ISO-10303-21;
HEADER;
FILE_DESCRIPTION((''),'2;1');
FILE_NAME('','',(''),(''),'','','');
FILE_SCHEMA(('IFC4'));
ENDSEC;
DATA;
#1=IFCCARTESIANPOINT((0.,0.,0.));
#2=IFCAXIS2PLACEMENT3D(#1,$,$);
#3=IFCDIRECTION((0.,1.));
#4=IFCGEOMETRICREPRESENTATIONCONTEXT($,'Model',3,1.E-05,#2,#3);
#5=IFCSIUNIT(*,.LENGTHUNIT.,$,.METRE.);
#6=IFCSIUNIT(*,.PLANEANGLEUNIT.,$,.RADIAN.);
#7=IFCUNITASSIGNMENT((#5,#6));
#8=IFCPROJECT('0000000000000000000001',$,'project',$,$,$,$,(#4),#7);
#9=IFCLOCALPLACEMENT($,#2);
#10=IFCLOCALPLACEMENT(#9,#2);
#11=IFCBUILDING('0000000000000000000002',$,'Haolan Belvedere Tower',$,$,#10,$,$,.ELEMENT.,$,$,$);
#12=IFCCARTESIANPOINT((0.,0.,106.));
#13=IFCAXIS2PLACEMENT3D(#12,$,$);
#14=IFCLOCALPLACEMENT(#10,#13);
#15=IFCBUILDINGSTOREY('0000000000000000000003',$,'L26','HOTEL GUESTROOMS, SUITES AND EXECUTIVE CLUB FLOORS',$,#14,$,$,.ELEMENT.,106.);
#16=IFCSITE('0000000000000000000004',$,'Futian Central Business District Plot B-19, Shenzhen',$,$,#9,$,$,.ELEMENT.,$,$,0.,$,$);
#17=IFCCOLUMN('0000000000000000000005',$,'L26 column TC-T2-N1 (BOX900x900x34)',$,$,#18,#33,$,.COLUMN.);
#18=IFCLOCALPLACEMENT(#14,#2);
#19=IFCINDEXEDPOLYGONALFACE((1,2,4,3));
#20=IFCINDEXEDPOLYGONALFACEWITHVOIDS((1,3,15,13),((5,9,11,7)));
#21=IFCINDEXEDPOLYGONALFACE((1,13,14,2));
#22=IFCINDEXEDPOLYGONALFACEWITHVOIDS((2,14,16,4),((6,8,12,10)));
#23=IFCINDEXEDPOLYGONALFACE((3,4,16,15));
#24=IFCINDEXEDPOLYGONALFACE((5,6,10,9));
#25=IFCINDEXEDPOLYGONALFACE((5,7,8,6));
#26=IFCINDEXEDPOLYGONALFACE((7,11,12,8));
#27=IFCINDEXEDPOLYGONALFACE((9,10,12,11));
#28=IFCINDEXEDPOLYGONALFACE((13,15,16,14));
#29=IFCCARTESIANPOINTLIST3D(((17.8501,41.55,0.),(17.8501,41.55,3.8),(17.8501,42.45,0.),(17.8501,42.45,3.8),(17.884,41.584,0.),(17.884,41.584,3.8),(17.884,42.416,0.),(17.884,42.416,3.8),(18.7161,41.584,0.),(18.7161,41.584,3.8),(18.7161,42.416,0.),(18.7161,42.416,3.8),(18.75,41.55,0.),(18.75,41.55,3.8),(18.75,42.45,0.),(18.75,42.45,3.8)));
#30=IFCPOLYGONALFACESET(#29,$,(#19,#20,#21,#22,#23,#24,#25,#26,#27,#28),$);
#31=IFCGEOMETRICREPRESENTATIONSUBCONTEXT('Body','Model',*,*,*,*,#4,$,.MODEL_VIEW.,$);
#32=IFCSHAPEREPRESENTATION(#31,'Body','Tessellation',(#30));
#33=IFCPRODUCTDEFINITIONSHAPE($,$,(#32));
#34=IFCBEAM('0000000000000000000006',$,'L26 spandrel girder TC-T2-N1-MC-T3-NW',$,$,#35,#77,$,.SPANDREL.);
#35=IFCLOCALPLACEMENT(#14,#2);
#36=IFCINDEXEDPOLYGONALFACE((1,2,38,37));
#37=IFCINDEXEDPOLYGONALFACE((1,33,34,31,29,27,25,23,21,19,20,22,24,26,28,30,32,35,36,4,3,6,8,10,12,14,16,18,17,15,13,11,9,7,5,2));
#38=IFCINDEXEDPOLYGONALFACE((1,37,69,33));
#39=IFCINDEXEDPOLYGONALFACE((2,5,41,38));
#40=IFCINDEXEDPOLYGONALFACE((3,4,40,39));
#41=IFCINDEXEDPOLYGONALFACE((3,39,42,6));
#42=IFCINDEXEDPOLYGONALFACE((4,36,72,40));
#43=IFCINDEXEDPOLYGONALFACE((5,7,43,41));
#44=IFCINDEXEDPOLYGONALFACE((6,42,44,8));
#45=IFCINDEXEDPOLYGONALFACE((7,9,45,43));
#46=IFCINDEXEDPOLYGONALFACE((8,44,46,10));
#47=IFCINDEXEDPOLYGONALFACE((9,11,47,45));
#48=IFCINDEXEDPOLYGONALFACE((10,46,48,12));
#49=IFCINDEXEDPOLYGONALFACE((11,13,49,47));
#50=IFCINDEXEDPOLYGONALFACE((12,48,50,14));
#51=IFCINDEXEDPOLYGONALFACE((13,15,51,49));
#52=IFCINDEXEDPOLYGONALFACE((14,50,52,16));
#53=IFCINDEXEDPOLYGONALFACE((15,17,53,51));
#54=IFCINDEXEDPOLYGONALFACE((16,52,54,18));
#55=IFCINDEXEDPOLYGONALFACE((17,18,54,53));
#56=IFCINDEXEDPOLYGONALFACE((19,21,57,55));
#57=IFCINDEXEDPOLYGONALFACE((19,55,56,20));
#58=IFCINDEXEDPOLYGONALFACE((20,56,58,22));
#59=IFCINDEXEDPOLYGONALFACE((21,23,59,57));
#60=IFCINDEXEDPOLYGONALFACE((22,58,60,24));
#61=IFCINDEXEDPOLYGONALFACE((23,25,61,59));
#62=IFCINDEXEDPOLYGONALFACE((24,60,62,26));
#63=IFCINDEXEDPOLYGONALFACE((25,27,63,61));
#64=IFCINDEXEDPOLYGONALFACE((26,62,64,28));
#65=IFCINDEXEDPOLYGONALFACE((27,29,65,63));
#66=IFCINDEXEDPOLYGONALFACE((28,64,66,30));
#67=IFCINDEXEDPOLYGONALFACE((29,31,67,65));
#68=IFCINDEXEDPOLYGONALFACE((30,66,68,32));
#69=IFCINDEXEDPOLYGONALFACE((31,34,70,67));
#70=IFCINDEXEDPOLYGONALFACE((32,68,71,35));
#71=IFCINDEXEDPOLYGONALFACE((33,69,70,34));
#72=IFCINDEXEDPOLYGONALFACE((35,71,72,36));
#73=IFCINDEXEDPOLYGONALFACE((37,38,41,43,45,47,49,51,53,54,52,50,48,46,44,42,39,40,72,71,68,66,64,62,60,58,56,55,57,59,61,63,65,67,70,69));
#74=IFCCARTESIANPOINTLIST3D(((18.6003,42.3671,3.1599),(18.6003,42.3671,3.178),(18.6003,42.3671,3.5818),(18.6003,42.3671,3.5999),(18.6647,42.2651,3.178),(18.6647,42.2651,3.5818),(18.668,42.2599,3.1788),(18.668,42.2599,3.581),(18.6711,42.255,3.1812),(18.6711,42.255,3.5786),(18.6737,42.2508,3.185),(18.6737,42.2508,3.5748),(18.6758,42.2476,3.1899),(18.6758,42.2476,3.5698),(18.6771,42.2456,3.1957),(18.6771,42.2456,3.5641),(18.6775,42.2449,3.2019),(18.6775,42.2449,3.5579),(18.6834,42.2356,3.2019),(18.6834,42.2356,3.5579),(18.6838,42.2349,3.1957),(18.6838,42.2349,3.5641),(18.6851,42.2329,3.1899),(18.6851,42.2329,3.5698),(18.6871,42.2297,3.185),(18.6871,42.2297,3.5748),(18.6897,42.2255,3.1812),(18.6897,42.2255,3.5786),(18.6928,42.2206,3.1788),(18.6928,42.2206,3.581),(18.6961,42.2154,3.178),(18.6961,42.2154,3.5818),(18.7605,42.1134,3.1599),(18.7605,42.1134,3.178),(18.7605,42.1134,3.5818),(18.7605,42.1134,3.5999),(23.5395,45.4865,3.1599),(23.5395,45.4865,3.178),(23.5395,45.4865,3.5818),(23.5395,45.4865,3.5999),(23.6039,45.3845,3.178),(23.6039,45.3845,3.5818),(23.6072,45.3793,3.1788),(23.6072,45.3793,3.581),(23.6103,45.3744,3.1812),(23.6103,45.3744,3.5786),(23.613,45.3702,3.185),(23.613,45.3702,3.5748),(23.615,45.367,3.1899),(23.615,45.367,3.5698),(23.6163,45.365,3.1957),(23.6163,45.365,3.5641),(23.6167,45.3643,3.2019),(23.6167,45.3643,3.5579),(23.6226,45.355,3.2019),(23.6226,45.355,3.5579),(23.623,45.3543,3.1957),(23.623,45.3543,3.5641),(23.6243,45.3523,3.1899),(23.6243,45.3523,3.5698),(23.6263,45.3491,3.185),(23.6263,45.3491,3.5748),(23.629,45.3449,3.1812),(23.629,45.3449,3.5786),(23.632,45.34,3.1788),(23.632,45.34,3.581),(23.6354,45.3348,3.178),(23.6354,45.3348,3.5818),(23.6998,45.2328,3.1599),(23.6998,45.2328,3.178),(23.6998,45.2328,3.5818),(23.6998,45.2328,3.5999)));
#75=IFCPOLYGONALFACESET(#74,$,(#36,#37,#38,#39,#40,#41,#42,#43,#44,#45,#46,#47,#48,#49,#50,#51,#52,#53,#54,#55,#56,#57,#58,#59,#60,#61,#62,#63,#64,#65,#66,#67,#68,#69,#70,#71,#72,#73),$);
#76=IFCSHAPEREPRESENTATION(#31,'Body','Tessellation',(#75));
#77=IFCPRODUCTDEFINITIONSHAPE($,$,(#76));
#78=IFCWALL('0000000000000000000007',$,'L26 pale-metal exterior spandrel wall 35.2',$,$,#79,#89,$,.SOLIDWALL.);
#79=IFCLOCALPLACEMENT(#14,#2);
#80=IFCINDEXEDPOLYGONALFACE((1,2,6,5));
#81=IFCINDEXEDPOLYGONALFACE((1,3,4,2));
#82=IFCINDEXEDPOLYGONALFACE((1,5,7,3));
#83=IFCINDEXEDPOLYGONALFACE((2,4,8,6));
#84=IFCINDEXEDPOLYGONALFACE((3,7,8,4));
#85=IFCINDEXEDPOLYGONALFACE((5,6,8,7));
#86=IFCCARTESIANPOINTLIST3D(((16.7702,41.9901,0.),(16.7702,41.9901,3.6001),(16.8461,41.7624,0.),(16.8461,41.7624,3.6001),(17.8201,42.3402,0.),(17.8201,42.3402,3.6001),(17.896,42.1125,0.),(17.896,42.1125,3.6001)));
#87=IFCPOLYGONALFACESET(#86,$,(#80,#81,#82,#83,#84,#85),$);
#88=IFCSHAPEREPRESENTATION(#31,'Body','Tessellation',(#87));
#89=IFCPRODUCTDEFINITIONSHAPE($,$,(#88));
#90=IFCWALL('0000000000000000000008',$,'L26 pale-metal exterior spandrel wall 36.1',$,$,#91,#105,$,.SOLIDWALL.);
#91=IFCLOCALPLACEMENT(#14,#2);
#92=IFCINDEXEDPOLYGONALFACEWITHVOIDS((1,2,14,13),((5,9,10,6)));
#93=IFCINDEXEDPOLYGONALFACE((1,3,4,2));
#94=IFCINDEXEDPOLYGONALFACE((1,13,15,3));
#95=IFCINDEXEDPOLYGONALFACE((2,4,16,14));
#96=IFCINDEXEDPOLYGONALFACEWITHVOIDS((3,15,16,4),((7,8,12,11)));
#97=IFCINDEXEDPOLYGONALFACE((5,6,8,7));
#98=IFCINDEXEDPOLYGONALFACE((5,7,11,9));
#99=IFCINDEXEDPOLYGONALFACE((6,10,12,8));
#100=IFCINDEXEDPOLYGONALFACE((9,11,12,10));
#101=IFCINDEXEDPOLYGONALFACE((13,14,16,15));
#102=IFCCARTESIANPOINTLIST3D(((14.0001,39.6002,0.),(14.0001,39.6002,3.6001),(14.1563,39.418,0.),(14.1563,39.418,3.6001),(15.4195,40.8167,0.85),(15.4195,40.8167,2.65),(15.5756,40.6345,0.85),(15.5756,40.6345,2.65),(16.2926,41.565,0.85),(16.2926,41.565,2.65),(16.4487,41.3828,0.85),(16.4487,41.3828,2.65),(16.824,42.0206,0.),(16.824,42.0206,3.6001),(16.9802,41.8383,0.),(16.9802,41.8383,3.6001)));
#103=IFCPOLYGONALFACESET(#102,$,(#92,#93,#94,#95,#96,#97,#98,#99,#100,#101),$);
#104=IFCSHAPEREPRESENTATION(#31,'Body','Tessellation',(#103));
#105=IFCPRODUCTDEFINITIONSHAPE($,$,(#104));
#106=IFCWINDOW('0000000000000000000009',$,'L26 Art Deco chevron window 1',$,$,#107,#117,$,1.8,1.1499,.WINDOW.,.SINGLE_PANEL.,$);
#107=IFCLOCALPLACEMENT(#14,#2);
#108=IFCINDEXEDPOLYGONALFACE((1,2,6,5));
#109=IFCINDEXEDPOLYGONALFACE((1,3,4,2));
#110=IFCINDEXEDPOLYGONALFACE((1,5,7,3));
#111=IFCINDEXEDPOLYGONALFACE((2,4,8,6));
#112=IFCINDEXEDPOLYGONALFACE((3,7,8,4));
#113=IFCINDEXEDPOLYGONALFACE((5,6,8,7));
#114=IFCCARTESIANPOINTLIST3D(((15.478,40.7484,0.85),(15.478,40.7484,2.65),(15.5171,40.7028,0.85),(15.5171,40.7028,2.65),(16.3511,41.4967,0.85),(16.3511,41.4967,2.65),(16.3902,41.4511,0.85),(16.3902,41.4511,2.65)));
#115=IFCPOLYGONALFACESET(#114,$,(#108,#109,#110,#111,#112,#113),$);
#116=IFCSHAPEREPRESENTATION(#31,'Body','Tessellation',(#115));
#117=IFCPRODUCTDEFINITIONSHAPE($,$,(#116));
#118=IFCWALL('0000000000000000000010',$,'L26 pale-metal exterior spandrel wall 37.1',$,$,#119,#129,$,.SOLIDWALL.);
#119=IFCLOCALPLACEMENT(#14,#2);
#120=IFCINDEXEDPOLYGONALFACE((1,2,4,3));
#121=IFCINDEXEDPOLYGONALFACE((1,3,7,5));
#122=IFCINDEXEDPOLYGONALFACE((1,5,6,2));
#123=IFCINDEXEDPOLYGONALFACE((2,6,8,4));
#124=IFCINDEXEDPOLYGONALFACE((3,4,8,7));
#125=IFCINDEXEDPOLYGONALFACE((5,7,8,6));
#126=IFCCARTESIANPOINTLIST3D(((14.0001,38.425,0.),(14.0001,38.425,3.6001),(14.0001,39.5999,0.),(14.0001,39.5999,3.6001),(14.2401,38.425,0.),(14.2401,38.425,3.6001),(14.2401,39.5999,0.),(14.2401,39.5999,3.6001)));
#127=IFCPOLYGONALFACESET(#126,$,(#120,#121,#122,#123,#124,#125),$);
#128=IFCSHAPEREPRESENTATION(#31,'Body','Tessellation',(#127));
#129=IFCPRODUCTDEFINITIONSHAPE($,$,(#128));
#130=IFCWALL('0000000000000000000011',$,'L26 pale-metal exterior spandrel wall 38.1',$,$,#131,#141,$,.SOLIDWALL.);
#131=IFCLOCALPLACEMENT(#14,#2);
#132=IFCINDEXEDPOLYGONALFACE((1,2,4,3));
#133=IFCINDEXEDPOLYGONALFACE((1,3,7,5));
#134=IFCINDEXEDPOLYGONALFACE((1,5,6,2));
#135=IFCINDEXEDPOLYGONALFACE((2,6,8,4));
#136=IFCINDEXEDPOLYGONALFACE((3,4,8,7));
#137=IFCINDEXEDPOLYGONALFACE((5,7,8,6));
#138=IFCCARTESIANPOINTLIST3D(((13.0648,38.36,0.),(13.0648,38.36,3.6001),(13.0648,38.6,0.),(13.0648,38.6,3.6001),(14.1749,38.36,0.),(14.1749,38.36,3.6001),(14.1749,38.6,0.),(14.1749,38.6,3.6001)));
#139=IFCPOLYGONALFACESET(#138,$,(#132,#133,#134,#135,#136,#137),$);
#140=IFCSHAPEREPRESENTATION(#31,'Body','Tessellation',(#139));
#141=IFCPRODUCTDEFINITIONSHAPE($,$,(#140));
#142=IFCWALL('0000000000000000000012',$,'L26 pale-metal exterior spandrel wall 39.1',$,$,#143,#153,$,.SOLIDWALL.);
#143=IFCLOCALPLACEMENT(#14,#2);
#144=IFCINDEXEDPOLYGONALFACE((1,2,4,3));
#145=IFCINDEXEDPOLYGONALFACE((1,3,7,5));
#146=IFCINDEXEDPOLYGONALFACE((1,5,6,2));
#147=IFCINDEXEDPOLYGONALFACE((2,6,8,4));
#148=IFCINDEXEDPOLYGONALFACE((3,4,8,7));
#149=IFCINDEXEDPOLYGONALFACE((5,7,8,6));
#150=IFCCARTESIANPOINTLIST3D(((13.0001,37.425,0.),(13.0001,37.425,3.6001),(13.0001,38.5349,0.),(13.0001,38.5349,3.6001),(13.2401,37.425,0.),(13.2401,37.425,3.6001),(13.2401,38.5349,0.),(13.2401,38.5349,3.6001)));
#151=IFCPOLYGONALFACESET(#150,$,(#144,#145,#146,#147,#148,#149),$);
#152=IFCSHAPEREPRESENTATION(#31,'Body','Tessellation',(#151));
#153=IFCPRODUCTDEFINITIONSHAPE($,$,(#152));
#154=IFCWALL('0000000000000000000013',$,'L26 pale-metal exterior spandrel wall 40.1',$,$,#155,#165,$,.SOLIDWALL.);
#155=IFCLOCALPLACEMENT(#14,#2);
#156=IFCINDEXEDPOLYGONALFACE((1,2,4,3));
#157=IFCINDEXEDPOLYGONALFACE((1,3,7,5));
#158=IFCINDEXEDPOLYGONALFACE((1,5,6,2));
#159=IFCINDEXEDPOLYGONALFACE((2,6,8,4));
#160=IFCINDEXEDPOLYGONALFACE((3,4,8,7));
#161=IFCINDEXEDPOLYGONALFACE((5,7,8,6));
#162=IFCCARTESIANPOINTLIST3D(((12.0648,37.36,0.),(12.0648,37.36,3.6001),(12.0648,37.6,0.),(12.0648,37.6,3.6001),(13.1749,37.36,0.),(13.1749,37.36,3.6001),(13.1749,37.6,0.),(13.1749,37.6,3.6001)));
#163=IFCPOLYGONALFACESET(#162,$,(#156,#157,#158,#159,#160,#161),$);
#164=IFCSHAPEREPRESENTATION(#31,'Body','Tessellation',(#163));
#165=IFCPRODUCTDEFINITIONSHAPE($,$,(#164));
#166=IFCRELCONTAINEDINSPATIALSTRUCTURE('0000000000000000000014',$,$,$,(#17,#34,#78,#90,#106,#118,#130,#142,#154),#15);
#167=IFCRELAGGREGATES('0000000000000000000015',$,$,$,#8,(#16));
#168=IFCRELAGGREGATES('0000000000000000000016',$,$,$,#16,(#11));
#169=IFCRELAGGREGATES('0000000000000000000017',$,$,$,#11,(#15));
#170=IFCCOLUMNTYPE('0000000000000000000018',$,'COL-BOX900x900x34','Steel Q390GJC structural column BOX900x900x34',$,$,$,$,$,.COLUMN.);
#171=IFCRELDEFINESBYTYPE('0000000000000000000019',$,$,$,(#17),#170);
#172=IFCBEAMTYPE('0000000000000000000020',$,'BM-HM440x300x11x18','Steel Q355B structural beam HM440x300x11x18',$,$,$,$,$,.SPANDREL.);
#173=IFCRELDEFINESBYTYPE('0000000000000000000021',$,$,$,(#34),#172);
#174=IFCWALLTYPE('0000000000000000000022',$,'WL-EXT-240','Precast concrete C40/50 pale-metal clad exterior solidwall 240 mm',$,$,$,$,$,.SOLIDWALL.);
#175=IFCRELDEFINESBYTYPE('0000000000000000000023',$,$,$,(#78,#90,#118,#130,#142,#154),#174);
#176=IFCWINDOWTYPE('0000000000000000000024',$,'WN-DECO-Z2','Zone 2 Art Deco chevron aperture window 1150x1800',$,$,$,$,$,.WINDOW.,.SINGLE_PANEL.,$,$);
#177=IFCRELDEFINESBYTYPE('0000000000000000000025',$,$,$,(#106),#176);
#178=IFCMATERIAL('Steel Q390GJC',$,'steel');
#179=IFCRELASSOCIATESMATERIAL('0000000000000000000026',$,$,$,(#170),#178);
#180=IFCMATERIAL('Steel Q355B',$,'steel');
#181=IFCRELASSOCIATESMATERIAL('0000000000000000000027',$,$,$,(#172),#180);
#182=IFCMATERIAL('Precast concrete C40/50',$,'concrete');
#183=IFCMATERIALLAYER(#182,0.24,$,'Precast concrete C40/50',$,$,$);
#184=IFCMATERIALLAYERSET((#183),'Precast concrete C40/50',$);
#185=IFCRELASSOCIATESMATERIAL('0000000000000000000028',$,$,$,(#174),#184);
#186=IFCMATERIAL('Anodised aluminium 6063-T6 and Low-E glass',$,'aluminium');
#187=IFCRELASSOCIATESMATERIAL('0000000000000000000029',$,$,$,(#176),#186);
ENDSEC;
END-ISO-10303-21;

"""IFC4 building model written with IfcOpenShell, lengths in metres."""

from ifc_helpers import new_model, si_unit, direction, frame, frame_2d, origin, origin_2d, place, context, subcontext, project, spatial, rectangle, hollow_rectangle, i_section, extrude, material, layer, layer_set, material_profile, profile_set, type_object, element, fill, save


model = new_model("IFC4")

# Units and contexts
model_context = context("Model", 3, precision=1e-05, world=origin(), true_north=direction((0.0, 1.0)))
body_context = subcontext(model_context, "Body", "Model", "MODEL_VIEW")
ifc_project = project(units=[si_unit("LENGTHUNIT", "METRE"), si_unit("PLANEANGLEUNIT", "RADIAN")], contexts=[model_context])

# Site, building, storey
site_placement = place(None, origin())
site = spatial("IfcSite", under=ifc_project, at=site_placement, Name="Futian Central Business District Plot B-19, Shenzhen", CompositionType="ELEMENT", RefElevation=0.0)
building_placement = place(site_placement, origin())
building = spatial("IfcBuilding", under=site, at=building_placement, Name="Haolan Belvedere Tower", CompositionType="ELEMENT")
storey_placement = place(building_placement, frame((0.0, 0.0, 106.0)))
storey = spatial("IfcBuildingStorey", under=building, at=storey_placement, Name="L26", Description="HOTEL GUESTROOMS, SUITES AND EXECUTIVE CLUB FLOORS", CompositionType="ELEMENT", Elevation=106.0)

# Column
ifc_material_1 = material(Name="Steel Q390GJC", Category="steel")
ifc_material_profile_1 = material_profile(ifc_material_1, hollow_rectangle(XDim=0.8999, YDim=0.8999, WallThickness=0.0339, at=origin_2d()), Name="Steel Q390GJC")
ifc_profile_set_1 = profile_set([ifc_material_profile_1], Name="Steel Q390GJC")
column_type = type_object("IfcColumnType", Name="COL-BOX900x900x34", Description="Steel Q390GJC structural column BOX900x900x34", PredefinedType="COLUMN", material=ifc_profile_set_1)
column_placement = place(storey_placement, frame((18.3, 42.0, 0.0), z_axis=(0.0, 0.0, 1.0), x_axis=(1.0, 0.0, 0.0)))
element("IfcColumn", 1, at=column_placement, inside=storey, type_object=column_type, Name="L26 column TC-T2-N1 (BOX900x900x34)", PredefinedType="COLUMN", context=body_context, shape_type="SweptSolid", body=[
    extrude(hollow_rectangle(XDim=0.8999, YDim=0.8999, WallThickness=0.0339, at=origin_2d()), origin(), (0.0, 0.0, 1.0), 3.8),
])

# Beam
ifc_material_2 = material(Name="Steel Q355B", Category="steel")
ifc_material_profile_2 = material_profile(ifc_material_2, i_section(OverallWidth=0.3, OverallDepth=0.4399, WebThickness=0.011, FlangeThickness=0.0181, FilletRadius=0.0239, at=origin_2d()), Name="Steel Q355B")
ifc_profile_set_2 = profile_set([ifc_material_profile_2], Name="Steel Q355B")
beam_type = type_object("IfcBeamType", Name="BM-HM440x300x11x18", Description="Steel Q355B structural beam HM440x300x11x18", PredefinedType="SPANDREL", material=ifc_profile_set_2)
beam_placement = place(storey_placement, frame((18.6804, 42.2402, 3.3799), z_axis=(0.845498, 0.533979, 0.0), x_axis=(-0.533979, 0.845498, 0.0)))
element("IfcBeam", 2, at=beam_placement, inside=storey, type_object=beam_type, Name="L26 spandrel girder TC-T2-N1-MC-T3-NW", PredefinedType="SPANDREL", context=body_context, shape_type="SweptSolid", body=[
    extrude(i_section(OverallWidth=0.3, OverallDepth=0.4399, WebThickness=0.011, FlangeThickness=0.0181, FilletRadius=0.0239, at=origin_2d()), origin(), (0.0, 0.0, 1.0), 5.8418),
])

# Wall
ifc_material_3 = material(Name="Precast concrete C40/50", Category="concrete")
ifc_layer_1 = layer(ifc_material_3, 0.24, Name="Precast concrete C40/50")
ifc_layer_set_1 = layer_set([ifc_layer_1], Name="Precast concrete C40/50")
wall_type_1 = type_object("IfcWallType", Name="WL-EXT-240", Description="Precast concrete C40/50 pale-metal clad exterior solidwall 240 mm", PredefinedType="SOLIDWALL", material=ifc_layer_set_1)
wall_1_placement = place(storey_placement, frame((17.8579, 42.2263, 0.0), z_axis=(0.0, 0.0, 1.0), x_axis=(-0.948639, -0.31636, 0.0)))
element("IfcWall", 3, at=wall_1_placement, inside=storey, type_object=wall_type_1, Name="L26 pale-metal exterior spandrel wall 35.2", PredefinedType="SOLIDWALL", context=body_context, shape_type="SweptSolid", body=[
    extrude(rectangle(XDim=1.1067, YDim=0.24, at=frame_2d((0.5532, 0.0))), origin(), (0.0, 0.0, 1.0), 3.6001),
])

# Wall, opening, window
wall_2_placement = place(storey_placement, frame((16.9021, 41.9294, 0.0), z_axis=(0.0, 0.0, 1.0), x_axis=(-0.759275, -0.65077, 0.0)))
wall_2 = element("IfcWall", 4, at=wall_2_placement, inside=storey, type_object=wall_type_1, Name="L26 pale-metal exterior spandrel wall 36.1", PredefinedType="SOLIDWALL", context=body_context, shape_type="SweptSolid", body=[
    extrude(rectangle(XDim=3.7192, YDim=0.24, at=frame_2d((1.8596, 0.0))), origin(), (0.0, 0.0, 1.0), 3.6001),
])
opening_1_placement = place(wall_2_placement, frame((0.7, 0.0, 0.8501)))
opening_1 = element("IfcOpeningElement", 5, at=opening_1_placement, cuts=wall_2, PredefinedType="OPENING", context=body_context, shape_type="SweptSolid", body=[
    extrude(rectangle(XDim=1.1499, YDim=1.8, at=frame_2d((0.575, 0.8999))), frame((0.0, 0.1299, 0.0), z_axis=(0.0, -1.0, 0.0), x_axis=(1.0, 0.0, 0.0)), (0.0, 0.0, 1.0), 0.26),
])
ifc_material_4 = material(Name="Anodised aluminium 6063-T6 and Low-E glass", Category="aluminium")
window_type = type_object("IfcWindowType", Name="WN-DECO-Z2", Description="Zone 2 Art Deco chevron aperture window 1150x1800", PartitioningType="SINGLE_PANEL", PredefinedType="WINDOW", material=ifc_material_4)
window_1_placement = place(opening_1_placement, origin())
window_1 = element("IfcWindow", 6, at=window_1_placement, inside=storey, type_object=window_type, Name="L26 Art Deco chevron window 1", OverallHeight=1.8, OverallWidth=1.1499, PartitioningType="SINGLE_PANEL", PredefinedType="WINDOW", context=body_context, shape_type="SweptSolid", body=[
    extrude(rectangle(XDim=1.1499, YDim=1.8, at=frame_2d((0.575, 0.8999))), frame((0.0, 0.03, 0.0), z_axis=(0.0, -1.0, 0.0), x_axis=(1.0, 0.0, 0.0)), (0.0, 0.0, 1.0), 0.0601),
])
fill(opening_1, window_1)

# Walls
wall_3_placement = place(storey_placement, frame((14.1201, 39.5999, 0.0), z_axis=(0.0, 0.0, 1.0), x_axis=(0.0, -1.0, 0.0)))
element("IfcWall", 7, at=wall_3_placement, inside=storey, type_object=wall_type_1, Name="L26 pale-metal exterior spandrel wall 37.1", PredefinedType="SOLIDWALL", context=body_context, shape_type="SweptSolid", body=[
    extrude(rectangle(XDim=1.1748, YDim=0.24, at=frame_2d((0.5874, 0.0))), origin(), (0.0, 0.0, 1.0), 3.6001),
])
wall_4_placement = place(storey_placement, frame((14.175, 38.48, 0.0), z_axis=(0.0, 0.0, 1.0), x_axis=(-1.0, 0.0, 0.0)))
element("IfcWall", 8, at=wall_4_placement, inside=storey, type_object=wall_type_1, Name="L26 pale-metal exterior spandrel wall 38.1", PredefinedType="SOLIDWALL", context=body_context, shape_type="SweptSolid", body=[
    extrude(rectangle(XDim=1.1101, YDim=0.24, at=frame_2d((0.5552, 0.0))), origin(), (0.0, 0.0, 1.0), 3.6001),
])
wall_5_placement = place(storey_placement, frame((13.1201, 38.5349, 0.0), z_axis=(0.0, 0.0, 1.0), x_axis=(0.0, -1.0, 0.0)))
element("IfcWall", 9, at=wall_5_placement, inside=storey, type_object=wall_type_1, Name="L26 pale-metal exterior spandrel wall 39.1", PredefinedType="SOLIDWALL", context=body_context, shape_type="SweptSolid", body=[
    extrude(rectangle(XDim=1.1099, YDim=0.24, at=frame_2d((0.5549, 0.0))), origin(), (0.0, 0.0, 1.0), 3.6001),
])
wall_6_placement = place(storey_placement, frame((13.175, 37.48, 0.0), z_axis=(0.0, 0.0, 1.0), x_axis=(-1.0, 0.0, 0.0)))
element("IfcWall", 10, at=wall_6_placement, inside=storey, type_object=wall_type_1, Name="L26 pale-metal exterior spandrel wall 40.1", PredefinedType="SOLIDWALL", context=body_context, shape_type="SweptSolid", body=[
    extrude(rectangle(XDim=1.1101, YDim=0.24, at=frame_2d((0.5552, 0.0))), origin(), (0.0, 0.0, 1.0), 3.6001),
])

save(model, "model.ifc")
